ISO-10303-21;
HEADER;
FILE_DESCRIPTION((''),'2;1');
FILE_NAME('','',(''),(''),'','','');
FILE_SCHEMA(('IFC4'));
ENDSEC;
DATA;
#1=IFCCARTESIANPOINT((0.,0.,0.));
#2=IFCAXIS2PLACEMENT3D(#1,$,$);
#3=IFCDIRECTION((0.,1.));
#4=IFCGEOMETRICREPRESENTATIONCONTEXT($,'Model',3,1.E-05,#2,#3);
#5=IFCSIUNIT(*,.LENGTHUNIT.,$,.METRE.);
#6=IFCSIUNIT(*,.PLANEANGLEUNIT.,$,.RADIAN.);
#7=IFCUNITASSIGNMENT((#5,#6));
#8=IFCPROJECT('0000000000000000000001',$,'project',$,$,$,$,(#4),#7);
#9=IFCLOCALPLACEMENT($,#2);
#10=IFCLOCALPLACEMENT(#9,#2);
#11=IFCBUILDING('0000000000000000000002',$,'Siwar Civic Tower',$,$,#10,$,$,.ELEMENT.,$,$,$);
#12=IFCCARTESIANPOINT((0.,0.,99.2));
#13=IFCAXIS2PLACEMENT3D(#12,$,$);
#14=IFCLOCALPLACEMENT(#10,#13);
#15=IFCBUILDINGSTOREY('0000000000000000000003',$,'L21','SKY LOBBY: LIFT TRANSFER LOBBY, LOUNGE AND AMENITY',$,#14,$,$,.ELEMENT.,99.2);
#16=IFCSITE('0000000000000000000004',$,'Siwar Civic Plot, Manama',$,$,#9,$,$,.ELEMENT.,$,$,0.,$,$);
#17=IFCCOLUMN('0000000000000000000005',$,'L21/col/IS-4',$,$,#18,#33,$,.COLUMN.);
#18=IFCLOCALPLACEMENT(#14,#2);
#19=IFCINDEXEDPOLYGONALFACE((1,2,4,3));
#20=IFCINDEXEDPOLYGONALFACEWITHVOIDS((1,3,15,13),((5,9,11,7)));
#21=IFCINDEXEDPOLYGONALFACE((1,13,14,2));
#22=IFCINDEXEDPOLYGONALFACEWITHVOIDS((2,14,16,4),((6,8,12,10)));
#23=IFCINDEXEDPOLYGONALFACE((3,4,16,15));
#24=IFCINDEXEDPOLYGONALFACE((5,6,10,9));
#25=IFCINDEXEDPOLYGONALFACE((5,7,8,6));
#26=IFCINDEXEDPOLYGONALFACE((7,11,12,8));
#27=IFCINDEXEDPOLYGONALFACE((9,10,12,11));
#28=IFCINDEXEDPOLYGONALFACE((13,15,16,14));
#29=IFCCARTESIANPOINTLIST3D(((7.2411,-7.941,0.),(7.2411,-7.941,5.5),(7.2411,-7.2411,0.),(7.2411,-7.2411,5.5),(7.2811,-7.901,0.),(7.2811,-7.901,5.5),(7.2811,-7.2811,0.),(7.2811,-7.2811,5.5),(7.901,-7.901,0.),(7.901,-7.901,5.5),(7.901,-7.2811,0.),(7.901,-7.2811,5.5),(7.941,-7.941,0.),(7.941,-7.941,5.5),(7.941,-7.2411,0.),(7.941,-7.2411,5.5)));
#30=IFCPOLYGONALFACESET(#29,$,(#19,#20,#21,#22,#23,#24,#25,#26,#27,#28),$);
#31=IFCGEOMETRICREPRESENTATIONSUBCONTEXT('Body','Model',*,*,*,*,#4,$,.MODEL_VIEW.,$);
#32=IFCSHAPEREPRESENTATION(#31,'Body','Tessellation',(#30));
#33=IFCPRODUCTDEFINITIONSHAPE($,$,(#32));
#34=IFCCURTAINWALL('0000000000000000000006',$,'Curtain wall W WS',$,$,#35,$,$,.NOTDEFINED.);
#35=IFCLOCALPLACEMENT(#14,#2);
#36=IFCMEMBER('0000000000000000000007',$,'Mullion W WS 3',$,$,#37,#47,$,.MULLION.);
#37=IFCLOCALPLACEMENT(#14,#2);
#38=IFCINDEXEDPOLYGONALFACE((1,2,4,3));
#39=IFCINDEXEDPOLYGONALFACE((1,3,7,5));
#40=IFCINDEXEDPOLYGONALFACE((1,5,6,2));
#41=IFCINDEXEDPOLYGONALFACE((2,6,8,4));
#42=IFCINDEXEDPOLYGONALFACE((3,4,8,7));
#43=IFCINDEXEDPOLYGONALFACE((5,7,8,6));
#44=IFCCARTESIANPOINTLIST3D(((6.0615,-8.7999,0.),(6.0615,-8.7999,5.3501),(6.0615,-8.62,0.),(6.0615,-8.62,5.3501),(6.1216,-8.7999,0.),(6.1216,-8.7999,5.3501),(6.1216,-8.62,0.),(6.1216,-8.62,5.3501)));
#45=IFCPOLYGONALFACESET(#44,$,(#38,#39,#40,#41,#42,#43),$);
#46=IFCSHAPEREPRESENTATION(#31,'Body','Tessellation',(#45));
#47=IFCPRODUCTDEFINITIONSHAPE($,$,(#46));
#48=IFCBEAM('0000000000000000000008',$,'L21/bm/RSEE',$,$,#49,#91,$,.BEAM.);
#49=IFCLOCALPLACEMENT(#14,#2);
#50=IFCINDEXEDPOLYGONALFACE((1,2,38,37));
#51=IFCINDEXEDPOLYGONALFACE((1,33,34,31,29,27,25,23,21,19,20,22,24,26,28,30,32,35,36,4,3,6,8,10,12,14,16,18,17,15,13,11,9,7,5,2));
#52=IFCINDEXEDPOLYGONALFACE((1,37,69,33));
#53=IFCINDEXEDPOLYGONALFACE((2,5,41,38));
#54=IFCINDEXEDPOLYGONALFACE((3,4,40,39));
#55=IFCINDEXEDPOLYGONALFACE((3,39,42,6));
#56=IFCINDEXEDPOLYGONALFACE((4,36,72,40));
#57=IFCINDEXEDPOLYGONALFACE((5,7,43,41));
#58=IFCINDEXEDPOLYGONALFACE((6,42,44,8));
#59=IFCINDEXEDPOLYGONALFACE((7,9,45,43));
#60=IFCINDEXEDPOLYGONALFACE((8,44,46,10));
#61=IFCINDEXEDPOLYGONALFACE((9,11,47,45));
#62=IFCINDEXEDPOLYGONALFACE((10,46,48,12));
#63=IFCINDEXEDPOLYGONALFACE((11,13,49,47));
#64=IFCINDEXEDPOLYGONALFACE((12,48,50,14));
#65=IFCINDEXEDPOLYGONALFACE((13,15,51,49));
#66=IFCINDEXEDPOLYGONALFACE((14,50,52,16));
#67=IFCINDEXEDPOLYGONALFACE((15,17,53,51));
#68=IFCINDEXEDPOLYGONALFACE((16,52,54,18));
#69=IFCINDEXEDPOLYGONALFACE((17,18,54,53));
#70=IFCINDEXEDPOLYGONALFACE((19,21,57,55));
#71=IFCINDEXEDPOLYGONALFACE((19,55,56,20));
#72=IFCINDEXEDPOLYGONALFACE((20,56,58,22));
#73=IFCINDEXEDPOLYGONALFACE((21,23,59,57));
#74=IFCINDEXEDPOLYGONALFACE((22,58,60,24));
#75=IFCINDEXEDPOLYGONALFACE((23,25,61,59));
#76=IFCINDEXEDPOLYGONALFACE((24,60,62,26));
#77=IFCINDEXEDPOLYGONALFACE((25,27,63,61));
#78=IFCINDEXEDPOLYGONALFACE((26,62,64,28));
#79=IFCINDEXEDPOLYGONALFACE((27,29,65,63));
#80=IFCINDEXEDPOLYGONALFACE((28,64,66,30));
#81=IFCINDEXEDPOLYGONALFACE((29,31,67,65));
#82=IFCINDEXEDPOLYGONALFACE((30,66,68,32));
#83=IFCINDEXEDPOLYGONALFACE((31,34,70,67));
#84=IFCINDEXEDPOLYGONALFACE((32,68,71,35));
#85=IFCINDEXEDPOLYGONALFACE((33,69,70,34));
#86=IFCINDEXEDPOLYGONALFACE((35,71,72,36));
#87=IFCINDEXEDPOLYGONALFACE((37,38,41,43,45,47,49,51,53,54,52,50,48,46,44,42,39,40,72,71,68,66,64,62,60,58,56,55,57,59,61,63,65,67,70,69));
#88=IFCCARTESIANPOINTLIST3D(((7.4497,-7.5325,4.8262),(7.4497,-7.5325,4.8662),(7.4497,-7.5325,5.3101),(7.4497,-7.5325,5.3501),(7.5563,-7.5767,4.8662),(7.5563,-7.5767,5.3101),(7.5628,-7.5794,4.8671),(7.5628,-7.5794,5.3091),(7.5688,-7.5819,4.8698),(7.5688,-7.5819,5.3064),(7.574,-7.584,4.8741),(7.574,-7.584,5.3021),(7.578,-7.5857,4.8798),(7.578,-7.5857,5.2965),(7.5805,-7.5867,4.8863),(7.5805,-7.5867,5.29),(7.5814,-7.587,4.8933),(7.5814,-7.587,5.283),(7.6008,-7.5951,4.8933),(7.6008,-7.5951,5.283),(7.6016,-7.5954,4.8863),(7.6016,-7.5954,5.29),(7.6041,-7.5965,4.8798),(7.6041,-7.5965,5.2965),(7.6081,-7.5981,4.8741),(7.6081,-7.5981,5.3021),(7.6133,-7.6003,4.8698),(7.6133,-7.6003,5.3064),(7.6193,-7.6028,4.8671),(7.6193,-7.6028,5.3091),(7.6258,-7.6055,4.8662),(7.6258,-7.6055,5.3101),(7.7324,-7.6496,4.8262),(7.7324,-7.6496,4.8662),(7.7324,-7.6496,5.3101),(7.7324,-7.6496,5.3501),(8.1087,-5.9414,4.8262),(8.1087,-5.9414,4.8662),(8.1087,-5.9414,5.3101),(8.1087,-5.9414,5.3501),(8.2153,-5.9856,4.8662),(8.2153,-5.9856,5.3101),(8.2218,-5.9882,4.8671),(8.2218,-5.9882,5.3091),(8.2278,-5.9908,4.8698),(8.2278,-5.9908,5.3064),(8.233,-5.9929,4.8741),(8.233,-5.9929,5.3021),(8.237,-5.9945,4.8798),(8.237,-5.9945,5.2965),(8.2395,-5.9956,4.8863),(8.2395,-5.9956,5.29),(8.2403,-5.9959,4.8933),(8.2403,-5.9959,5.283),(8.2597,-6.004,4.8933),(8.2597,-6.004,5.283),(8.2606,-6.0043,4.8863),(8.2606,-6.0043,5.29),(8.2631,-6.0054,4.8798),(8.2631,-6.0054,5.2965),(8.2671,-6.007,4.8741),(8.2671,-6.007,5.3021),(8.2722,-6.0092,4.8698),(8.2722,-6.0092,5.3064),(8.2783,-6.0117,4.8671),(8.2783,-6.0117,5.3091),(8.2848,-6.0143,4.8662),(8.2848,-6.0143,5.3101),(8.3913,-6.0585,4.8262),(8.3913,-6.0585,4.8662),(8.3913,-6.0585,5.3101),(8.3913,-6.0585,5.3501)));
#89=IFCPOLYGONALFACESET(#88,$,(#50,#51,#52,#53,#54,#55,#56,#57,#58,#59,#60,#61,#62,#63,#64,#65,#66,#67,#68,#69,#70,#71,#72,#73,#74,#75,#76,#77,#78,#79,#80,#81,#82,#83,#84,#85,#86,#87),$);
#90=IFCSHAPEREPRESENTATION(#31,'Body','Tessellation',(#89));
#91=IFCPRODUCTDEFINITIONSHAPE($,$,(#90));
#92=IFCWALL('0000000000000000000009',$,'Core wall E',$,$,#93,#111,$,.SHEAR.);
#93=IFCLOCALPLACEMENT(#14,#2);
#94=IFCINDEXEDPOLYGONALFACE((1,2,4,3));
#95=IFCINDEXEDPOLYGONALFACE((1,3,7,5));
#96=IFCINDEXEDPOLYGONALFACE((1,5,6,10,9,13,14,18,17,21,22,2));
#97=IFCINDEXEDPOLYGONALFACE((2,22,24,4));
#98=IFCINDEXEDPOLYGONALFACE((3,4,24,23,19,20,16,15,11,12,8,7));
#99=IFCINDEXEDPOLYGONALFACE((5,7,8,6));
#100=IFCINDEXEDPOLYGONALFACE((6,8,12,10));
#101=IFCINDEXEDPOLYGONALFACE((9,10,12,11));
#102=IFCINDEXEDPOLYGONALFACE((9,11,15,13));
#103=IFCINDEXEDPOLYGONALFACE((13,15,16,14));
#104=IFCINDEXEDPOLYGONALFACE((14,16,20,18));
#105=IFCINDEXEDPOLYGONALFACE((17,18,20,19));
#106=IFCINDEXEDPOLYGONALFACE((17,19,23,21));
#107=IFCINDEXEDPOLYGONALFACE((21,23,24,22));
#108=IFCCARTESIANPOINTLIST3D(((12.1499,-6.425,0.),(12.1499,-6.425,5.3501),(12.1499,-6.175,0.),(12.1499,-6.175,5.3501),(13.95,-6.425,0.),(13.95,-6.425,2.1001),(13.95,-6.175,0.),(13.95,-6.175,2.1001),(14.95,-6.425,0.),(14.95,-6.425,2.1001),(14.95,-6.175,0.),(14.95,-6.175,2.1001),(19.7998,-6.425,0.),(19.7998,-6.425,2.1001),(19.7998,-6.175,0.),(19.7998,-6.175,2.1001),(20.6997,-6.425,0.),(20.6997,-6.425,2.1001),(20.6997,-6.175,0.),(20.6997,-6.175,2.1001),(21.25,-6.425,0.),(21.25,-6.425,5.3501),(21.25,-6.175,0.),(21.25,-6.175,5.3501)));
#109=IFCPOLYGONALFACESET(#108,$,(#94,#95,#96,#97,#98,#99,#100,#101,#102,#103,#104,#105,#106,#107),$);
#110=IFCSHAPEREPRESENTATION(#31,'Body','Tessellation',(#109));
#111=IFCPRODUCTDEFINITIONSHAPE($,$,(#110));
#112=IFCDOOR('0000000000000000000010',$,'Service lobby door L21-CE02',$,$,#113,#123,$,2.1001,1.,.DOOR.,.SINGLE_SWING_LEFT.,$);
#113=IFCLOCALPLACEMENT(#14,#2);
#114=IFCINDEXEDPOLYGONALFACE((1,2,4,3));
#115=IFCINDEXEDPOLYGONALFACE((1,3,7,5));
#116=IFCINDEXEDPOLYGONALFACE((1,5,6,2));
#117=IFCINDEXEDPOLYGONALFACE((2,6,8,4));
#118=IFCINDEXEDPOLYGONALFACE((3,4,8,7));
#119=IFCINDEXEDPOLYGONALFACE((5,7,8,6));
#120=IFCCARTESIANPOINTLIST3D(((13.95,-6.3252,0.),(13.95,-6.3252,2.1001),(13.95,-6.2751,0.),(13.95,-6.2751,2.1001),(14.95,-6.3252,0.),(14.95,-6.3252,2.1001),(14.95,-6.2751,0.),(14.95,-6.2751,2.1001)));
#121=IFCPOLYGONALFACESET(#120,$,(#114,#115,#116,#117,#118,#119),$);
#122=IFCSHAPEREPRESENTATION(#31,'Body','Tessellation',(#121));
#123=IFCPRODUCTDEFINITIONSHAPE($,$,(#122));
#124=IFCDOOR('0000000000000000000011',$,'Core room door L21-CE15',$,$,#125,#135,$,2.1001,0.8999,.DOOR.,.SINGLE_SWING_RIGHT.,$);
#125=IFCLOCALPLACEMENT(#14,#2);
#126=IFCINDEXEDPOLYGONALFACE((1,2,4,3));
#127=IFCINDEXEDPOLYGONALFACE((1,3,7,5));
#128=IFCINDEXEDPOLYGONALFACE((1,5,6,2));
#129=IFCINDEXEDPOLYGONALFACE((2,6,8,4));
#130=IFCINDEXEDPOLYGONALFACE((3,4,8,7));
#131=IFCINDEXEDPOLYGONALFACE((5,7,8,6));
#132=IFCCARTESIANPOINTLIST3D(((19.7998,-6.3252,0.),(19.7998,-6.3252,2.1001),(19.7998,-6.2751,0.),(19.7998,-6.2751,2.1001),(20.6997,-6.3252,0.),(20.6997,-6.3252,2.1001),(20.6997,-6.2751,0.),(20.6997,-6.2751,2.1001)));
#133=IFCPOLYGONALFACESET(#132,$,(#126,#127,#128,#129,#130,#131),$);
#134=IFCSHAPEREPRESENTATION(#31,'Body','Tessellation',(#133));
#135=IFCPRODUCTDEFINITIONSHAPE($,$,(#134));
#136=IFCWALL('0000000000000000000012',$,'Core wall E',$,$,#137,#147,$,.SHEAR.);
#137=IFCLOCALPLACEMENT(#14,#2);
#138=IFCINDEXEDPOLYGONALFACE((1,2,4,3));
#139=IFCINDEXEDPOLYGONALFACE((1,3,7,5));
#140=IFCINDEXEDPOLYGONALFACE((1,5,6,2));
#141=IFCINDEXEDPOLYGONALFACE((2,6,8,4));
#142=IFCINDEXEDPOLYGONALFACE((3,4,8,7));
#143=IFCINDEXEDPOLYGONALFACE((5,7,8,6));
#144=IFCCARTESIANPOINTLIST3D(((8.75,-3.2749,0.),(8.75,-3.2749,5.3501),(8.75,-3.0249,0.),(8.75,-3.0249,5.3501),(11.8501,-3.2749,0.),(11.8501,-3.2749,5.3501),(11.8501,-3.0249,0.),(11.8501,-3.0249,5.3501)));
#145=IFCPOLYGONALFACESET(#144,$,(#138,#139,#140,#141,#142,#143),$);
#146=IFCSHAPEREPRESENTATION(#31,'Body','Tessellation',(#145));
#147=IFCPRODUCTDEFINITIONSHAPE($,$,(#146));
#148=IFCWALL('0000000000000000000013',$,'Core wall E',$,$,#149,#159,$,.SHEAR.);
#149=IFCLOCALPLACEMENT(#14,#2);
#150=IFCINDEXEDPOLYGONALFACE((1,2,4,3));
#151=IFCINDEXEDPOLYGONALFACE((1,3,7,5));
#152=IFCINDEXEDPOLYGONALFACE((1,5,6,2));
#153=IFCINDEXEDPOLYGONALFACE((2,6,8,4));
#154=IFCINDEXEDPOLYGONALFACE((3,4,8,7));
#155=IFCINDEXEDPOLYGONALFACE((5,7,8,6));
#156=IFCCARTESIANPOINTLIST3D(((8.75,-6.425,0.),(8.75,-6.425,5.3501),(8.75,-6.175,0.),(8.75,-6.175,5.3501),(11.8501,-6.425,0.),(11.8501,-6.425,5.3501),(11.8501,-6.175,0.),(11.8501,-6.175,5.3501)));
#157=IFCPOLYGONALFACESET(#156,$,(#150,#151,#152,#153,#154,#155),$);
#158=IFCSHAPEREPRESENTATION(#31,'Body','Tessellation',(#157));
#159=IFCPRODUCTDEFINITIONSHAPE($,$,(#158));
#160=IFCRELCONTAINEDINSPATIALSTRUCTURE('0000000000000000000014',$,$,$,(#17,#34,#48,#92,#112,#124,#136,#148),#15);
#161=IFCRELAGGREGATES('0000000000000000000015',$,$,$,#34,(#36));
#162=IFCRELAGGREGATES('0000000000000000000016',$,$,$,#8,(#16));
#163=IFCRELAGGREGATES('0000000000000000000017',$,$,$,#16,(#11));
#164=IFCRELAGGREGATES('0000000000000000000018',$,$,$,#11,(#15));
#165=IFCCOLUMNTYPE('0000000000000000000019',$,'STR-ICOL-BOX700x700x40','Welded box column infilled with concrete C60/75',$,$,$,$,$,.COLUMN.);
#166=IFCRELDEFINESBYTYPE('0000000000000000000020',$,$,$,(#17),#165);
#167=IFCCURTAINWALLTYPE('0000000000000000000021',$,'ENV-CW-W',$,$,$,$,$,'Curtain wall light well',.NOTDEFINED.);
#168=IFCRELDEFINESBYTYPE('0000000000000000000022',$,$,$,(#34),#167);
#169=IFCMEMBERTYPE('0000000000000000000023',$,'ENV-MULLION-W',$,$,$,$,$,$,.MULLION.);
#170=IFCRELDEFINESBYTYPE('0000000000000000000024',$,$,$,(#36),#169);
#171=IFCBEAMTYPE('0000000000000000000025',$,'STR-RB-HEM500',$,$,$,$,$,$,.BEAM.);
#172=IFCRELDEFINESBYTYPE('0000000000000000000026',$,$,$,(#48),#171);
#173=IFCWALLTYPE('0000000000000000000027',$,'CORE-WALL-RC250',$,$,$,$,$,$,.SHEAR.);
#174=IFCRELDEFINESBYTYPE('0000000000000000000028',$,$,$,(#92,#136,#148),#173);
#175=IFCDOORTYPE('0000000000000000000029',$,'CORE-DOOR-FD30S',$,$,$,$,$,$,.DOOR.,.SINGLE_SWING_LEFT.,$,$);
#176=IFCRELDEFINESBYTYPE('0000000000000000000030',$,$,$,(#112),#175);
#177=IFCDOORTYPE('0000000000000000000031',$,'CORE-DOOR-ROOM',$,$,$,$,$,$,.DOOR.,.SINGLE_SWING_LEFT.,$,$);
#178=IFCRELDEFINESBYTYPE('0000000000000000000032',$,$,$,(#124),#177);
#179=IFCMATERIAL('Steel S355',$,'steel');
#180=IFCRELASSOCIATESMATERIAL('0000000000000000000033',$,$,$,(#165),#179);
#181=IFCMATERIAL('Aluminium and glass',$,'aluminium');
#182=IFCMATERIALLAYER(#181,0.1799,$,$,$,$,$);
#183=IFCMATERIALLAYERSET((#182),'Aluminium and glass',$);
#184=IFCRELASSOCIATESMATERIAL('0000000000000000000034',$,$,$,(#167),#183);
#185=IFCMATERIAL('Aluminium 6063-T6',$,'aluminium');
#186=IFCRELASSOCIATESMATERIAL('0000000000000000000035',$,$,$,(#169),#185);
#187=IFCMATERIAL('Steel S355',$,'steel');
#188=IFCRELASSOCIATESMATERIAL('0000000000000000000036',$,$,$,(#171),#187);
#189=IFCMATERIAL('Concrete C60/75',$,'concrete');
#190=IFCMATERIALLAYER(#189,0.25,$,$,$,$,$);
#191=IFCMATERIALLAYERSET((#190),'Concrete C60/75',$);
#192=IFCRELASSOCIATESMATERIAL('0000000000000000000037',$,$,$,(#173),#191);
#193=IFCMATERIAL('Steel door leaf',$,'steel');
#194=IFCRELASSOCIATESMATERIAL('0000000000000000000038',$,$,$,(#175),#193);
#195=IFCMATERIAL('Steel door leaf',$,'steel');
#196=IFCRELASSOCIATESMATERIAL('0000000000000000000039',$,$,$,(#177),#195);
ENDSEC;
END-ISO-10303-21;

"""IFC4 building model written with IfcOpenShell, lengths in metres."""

from ifc_helpers import new_model, si_unit, direction, frame, frame_2d, origin, origin_2d, place, context, subcontext, project, spatial, rectangle, hollow_rectangle, i_section, extrude, material, layer, layer_set, material_profile, profile_set, type_object, element, fill, aggregate, save


model = new_model("IFC4")

# Units and contexts
model_context = context("Model", 3, precision=1e-05, world=origin(), true_north=direction((0.0, 1.0)))
body_context = subcontext(model_context, "Body", "Model", "MODEL_VIEW")
ifc_project = project(units=[si_unit("LENGTHUNIT", "METRE"), si_unit("PLANEANGLEUNIT", "RADIAN")], contexts=[model_context])

# Site, building, storey
site_placement = place(None, origin())
site = spatial("IfcSite", under=ifc_project, at=site_placement, Name="Siwar Civic Plot, Manama", CompositionType="ELEMENT", RefElevation=0.0)
building_placement = place(site_placement, origin())
building = spatial("IfcBuilding", under=site, at=building_placement, Name="Siwar Civic Tower", CompositionType="ELEMENT")
storey_placement = place(building_placement, frame((0.0, 0.0, 99.2)))
storey = spatial("IfcBuildingStorey", under=building, at=storey_placement, Name="L21", Description="SKY LOBBY: LIFT TRANSFER LOBBY, LOUNGE AND AMENITY", CompositionType="ELEMENT", Elevation=99.2)

# Column
ifc_material_1 = material(Name="Steel S355", Category="steel")
ifc_material_profile_1 = material_profile(ifc_material_1, hollow_rectangle(XDim=0.7, YDim=0.7, WallThickness=0.04, at=origin_2d()), Name="BOX700x700x40")
ifc_profile_set_1 = profile_set([ifc_material_profile_1], Name="Steel S355")
column_type = type_object("IfcColumnType", Name="STR-ICOL-BOX700x700x40", Description="Welded box column infilled with concrete C60/75", PredefinedType="COLUMN", material=ifc_profile_set_1)
column_placement = place(storey_placement, frame((7.5911, -7.5911, 0.0), z_axis=(0.0, 0.0, 1.0), x_axis=(1.0, 0.0, 0.0)))
element("IfcColumn", 1, at=column_placement, inside=storey, type_object=column_type, Name="L21/col/IS-4", PredefinedType="COLUMN", context=body_context, shape_type="SweptSolid", body=[
    extrude(hollow_rectangle(XDim=0.7, YDim=0.7, WallThickness=0.04, at=origin_2d()), origin(), (0.0, 0.0, 1.0), 5.5),
])

# Curtain wall, member
ifc_material_2 = material(Name="Aluminium and glass", Category="aluminium")
ifc_layer_1 = layer(ifc_material_2, 0.1799)
ifc_layer_set_1 = layer_set([ifc_layer_1], Name="Aluminium and glass")
curtain_wall_type = type_object("IfcCurtainWallType", Name="ENV-CW-W", ElementType="Curtain wall light well", PredefinedType="NOTDEFINED", material=ifc_layer_set_1)
curtain_wall_placement = place(storey_placement, origin())
curtain_wall = element("IfcCurtainWall", 2, at=curtain_wall_placement, inside=storey, type_object=curtain_wall_type, Name="Curtain wall W WS", PredefinedType="NOTDEFINED")
ifc_material_3 = material(Name="Aluminium 6063-T6", Category="aluminium")
ifc_material_profile_2 = material_profile(ifc_material_3, rectangle(XDim=0.1799, YDim=0.0601, at=origin_2d()), Name="AL 180x60")
ifc_profile_set_2 = profile_set([ifc_material_profile_2], Name="Aluminium 6063-T6")
member_type = type_object("IfcMemberType", Name="ENV-MULLION-W", PredefinedType="MULLION", material=ifc_profile_set_2)
member_placement = place(storey_placement, frame((6.0916, -8.71, 0.0), z_axis=(0.0, 0.0, 1.0), x_axis=(0.0, 1.0, 0.0)))
member = element("IfcMember", 3, at=member_placement, type_object=member_type, Name="Mullion W WS 3", PredefinedType="MULLION", context=body_context, shape_type="SweptSolid", body=[
    extrude(rectangle(XDim=0.1799, YDim=0.0601, at=origin_2d()), origin(), (0.0, 0.0, 1.0), 5.3501),
])
aggregate(curtain_wall, [member])

# Beam
ifc_material_4 = material(Name="Steel S355", Category="steel")
ifc_material_profile_3 = material_profile(ifc_material_4, i_section(OverallWidth=0.3059, OverallDepth=0.5239, WebThickness=0.021, FlangeThickness=0.04, FilletRadius=0.0271, at=origin_2d()), Name="HEM500")
ifc_profile_set_3 = profile_set([ifc_material_profile_3], Name="Steel S355")
beam_type = type_object("IfcBeamType", Name="STR-RB-HEM500", PredefinedType="BEAM", material=ifc_profile_set_3)
beam_placement = place(storey_placement, frame((7.5911, -7.5911, 5.0881), z_axis=(0.382631, 0.923901, 0.0), x_axis=(-0.923901, 0.382631, 0.0)))
element("IfcBeam", 4, at=beam_placement, inside=storey, type_object=beam_type, Name="L21/bm/RSEE", PredefinedType="BEAM", context=body_context, shape_type="SweptSolid", body=[
    extrude(i_section(OverallWidth=0.3059, OverallDepth=0.5239, WebThickness=0.021, FlangeThickness=0.04, FilletRadius=0.0271, at=origin_2d()), origin(), (0.0, 0.0, 1.0), 1.7222),
])

# Wall, openings, doors
ifc_material_5 = material(Name="Concrete C60/75", Category="concrete")
ifc_layer_2 = layer(ifc_material_5, 0.25)
ifc_layer_set_2 = layer_set([ifc_layer_2], Name="Concrete C60/75")
wall_type_1 = type_object("IfcWallType", Name="CORE-WALL-RC250", PredefinedType="SHEAR", material=ifc_layer_set_2)
wall_1_placement = place(storey_placement, frame((12.1499, -6.3, 0.0), z_axis=(0.0, 0.0, 1.0), x_axis=(1.0, 0.0, 0.0)))
wall_1 = element("IfcWall", 5, at=wall_1_placement, inside=storey, type_object=wall_type_1, Name="Core wall E", PredefinedType="SHEAR", context=body_context, shape_type="SweptSolid", body=[
    extrude(rectangle(XDim=9.1001, YDim=0.25, at=frame_2d((4.55, 0.0))), origin(), (0.0, 0.0, 1.0), 5.3501),
])
opening_1_placement = place(wall_1_placement, frame((1.8, 0.0, 0.0)))
opening_1 = element("IfcOpeningElement", 6, at=opening_1_placement, cuts=wall_1, PredefinedType="OPENING", context=body_context, shape_type="SweptSolid", body=[
    extrude(rectangle(XDim=1.0, YDim=2.1001, at=frame_2d((0.5, 1.05))), frame((0.0, 0.135, 0.0), z_axis=(0.0, -1.0, 0.0), x_axis=(1.0, 0.0, 0.0)), (0.0, 0.0, 1.0), 0.27),
])
opening_2_placement = place(wall_1_placement, frame((7.6499, 0.0, 0.0)))
opening_2 = element("IfcOpeningElement", 7, at=opening_2_placement, cuts=wall_1, PredefinedType="OPENING", context=body_context, shape_type="SweptSolid", body=[
    extrude(rectangle(XDim=0.8999, YDim=2.1001, at=frame_2d((0.45, 1.05))), frame((0.0, 0.135, 0.0), z_axis=(0.0, -1.0, 0.0), x_axis=(1.0, 0.0, 0.0)), (0.0, 0.0, 1.0), 0.27),
])
ifc_material_6 = material(Name="Steel door leaf", Category="steel")
door_type_1 = type_object("IfcDoorType", Name="CORE-DOOR-FD30S", OperationType="SINGLE_SWING_LEFT", PredefinedType="DOOR", material=ifc_material_6)
door_1_placement = place(opening_1_placement, origin())
door_1 = element("IfcDoor", 8, at=door_1_placement, inside=storey, type_object=door_type_1, Name="Service lobby door L21-CE02", OperationType="SINGLE_SWING_LEFT", OverallHeight=2.1001, OverallWidth=1.0, PredefinedType="DOOR", context=body_context, shape_type="SweptSolid", body=[
    extrude(rectangle(XDim=1.0, YDim=2.1001, at=frame_2d((0.5, 1.05))), frame((0.0, 0.0249, 0.0), z_axis=(0.0, -1.0, 0.0), x_axis=(1.0, 0.0, 0.0)), (0.0, 0.0, 1.0), 0.05),
])
fill(opening_1, door_1)
ifc_material_7 = material(Name="Steel door leaf", Category="steel")
door_type_2 = type_object("IfcDoorType", Name="CORE-DOOR-ROOM", OperationType="SINGLE_SWING_LEFT", PredefinedType="DOOR", material=ifc_material_7)
door_2_placement = place(opening_2_placement, origin())
door_2 = element("IfcDoor", 9, at=door_2_placement, inside=storey, type_object=door_type_2, Name="Core room door L21-CE15", OperationType="SINGLE_SWING_RIGHT", OverallHeight=2.1001, OverallWidth=0.8999, PredefinedType="DOOR", context=body_context, shape_type="SweptSolid", body=[
    extrude(rectangle(XDim=0.8999, YDim=2.1001, at=frame_2d((0.45, 1.05))), frame((0.0, 0.0249, 0.0), z_axis=(0.0, -1.0, 0.0), x_axis=(1.0, 0.0, 0.0)), (0.0, 0.0, 1.0), 0.05),
])
fill(opening_2, door_2)

# Walls
for number, where, z_axis, x_axis, name in (
    (10, (8.75, -3.1499, 0.0), (0.0, 0.0, 1.0), (1.0, 0.0, 0.0), "Core wall E"),
    (11, (8.75, -6.3, 0.0), (0.0, 0.0, 1.0), (1.0, 0.0, 0.0), "Core wall E"),
):
    element("IfcWall", number, at=place(storey_placement, frame(where, z_axis=z_axis, x_axis=x_axis)), inside=storey, type_object=wall_type_1, Name=name, PredefinedType="SHEAR", context=body_context, shape_type="SweptSolid", body=[
        extrude(rectangle(XDim=3.1001, YDim=0.25, at=frame_2d((1.55, 0.0))), origin(), (0.0, 0.0, 1.0), 5.3501),
    ])

save(model, "model.ifc")
